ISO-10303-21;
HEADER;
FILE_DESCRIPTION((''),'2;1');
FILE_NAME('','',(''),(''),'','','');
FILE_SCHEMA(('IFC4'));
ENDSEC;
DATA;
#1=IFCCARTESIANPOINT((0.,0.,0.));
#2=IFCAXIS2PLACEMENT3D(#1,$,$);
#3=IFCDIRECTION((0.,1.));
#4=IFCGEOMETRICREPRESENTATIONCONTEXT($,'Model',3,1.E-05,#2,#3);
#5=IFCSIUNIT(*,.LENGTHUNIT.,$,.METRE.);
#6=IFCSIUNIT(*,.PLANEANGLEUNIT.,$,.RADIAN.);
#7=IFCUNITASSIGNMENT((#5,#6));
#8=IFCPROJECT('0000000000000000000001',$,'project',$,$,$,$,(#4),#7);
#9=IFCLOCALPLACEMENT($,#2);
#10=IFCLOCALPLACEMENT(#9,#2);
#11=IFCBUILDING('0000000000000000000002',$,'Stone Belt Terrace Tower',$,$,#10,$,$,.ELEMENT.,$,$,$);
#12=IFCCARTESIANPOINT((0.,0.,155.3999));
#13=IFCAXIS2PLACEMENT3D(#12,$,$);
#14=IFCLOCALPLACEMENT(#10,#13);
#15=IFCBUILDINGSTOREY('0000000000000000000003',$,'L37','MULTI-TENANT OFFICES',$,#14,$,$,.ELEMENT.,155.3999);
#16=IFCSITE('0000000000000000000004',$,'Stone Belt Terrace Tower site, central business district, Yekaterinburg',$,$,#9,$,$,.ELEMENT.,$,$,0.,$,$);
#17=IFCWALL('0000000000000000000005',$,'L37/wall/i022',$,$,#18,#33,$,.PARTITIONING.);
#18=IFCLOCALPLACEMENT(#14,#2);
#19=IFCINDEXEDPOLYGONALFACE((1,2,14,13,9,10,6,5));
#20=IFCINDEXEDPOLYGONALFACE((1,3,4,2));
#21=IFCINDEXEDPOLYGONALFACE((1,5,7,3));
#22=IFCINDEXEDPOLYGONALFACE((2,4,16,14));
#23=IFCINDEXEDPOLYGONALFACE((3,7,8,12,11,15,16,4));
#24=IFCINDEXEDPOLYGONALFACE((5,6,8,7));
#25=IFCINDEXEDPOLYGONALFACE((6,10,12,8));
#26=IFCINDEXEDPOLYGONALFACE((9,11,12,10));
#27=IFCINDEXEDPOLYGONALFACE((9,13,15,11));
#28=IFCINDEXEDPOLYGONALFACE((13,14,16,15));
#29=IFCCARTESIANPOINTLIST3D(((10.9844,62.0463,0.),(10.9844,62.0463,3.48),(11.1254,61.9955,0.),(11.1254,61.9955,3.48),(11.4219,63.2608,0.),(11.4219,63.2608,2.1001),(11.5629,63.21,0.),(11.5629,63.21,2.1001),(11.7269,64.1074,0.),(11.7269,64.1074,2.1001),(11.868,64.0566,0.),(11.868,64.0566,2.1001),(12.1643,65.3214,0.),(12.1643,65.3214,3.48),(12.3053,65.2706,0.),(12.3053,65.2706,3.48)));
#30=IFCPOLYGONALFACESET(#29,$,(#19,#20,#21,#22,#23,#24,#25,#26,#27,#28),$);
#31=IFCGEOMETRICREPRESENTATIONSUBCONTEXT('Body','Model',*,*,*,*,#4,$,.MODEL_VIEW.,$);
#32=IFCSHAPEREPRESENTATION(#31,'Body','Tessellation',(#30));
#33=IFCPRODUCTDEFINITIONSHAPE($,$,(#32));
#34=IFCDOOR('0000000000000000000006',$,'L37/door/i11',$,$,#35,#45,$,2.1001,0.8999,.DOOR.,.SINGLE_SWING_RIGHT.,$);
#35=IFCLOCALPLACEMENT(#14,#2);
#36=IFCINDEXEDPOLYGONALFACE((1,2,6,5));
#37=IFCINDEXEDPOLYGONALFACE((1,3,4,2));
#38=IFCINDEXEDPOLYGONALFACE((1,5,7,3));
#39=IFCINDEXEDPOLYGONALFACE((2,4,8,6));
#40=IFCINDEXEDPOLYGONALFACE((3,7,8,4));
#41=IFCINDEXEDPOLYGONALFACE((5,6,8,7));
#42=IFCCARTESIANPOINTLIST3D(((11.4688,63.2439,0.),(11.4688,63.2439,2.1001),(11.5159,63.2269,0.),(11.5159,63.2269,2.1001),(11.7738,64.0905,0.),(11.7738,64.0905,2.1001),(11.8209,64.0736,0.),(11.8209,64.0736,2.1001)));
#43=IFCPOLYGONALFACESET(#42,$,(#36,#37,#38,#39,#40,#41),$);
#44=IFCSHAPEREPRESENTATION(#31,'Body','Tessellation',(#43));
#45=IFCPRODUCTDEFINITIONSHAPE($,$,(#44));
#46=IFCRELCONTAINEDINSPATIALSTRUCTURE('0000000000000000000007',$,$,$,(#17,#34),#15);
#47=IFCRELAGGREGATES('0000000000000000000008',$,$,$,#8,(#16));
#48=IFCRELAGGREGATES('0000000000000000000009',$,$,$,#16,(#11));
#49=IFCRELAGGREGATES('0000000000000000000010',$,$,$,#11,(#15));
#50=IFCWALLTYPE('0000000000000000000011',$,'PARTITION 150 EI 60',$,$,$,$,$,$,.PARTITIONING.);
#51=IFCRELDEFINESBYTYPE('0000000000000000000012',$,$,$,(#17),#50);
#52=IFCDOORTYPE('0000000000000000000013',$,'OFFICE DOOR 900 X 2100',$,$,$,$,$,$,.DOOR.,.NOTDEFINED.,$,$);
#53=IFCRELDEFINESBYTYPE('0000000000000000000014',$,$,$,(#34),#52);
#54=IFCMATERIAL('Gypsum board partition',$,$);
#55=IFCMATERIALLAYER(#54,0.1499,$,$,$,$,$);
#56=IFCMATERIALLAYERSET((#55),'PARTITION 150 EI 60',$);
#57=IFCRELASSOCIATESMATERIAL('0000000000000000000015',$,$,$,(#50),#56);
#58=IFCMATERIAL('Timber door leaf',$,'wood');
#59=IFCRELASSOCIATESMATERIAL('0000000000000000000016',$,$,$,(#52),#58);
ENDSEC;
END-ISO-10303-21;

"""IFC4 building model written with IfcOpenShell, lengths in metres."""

from ifc_helpers import new_model, si_unit, direction, frame, frame_2d, origin, place, context, subcontext, project, spatial, rectangle, extrude, material, layer, layer_set, type_object, element, fill, save


model = new_model("IFC4")

# Units and contexts
model_context = context("Model", 3, precision=1e-05, world=origin(), true_north=direction((0.0, 1.0)))
body_context = subcontext(model_context, "Body", "Model", "MODEL_VIEW")
ifc_project = project(units=[si_unit("LENGTHUNIT", "METRE"), si_unit("PLANEANGLEUNIT", "RADIAN")], contexts=[model_context])

# Site, building, storey
site_placement = place(None, origin())
site = spatial("IfcSite", under=ifc_project, at=site_placement, Name="Stone Belt Terrace Tower site, central business district, Yekaterinburg", CompositionType="ELEMENT", RefElevation=0.0)
building_placement = place(site_placement, origin())
building = spatial("IfcBuilding", under=site, at=building_placement, Name="Stone Belt Terrace Tower", CompositionType="ELEMENT")
storey_placement = place(building_placement, frame((0.0, 0.0, 155.3999)))
storey = spatial("IfcBuildingStorey", under=building, at=storey_placement, Name="L37", Description="MULTI-TENANT OFFICES", CompositionType="ELEMENT", Elevation=155.3999)

# Wall, opening, door
ifc_material_1 = material(Name="Gypsum board partition")
ifc_layer_1 = layer(ifc_material_1, 0.1499)
ifc_layer_set_1 = layer_set([ifc_layer_1], Name="PARTITION 150 EI 60")
wall_type = type_object("IfcWallType", Name="PARTITION 150 EI 60", PredefinedType="PARTITIONING", material=ifc_layer_set_1)
wall_placement = place(storey_placement, frame((12.2349, 65.2961, 0.0), z_axis=(0.0, 0.0, 1.0), x_axis=(-0.338943, -0.940807, 0.0)))
wall = element("IfcWall", 1, at=wall_placement, inside=storey, type_object=wall_type, Name="L37/wall/i022", PredefinedType="PARTITIONING", context=body_context, shape_type="SweptSolid", body=[
    extrude(rectangle(XDim=3.4812, YDim=0.1499, at=frame_2d((1.7407, 0.0))), origin(), (0.0, 0.0, 1.0), 3.48),
])
opening_placement = place(wall_placement, frame((1.2905, 0.0, 0.0)))
opening = element("IfcOpeningElement", 2, at=opening_placement, cuts=wall, PredefinedType="OPENING", context=body_context, shape_type="SweptSolid", body=[
    extrude(rectangle(XDim=0.8999, YDim=2.1001, at=frame_2d((0.45, 1.05))), frame((0.0, 0.085, 0.0), z_axis=(0.0, -1.0, 0.0), x_axis=(1.0, 0.0, 0.0)), (0.0, 0.0, 1.0), 0.1699),
])
ifc_material_2 = material(Name="Timber door leaf", Category="wood")
door_type = type_object("IfcDoorType", Name="OFFICE DOOR 900 X 2100", OperationType="NOTDEFINED", PredefinedType="DOOR", material=ifc_material_2)
door_placement = place(opening_placement, origin())
door = element("IfcDoor", 3, at=door_placement, inside=storey, type_object=door_type, Name="L37/door/i11", OperationType="SINGLE_SWING_RIGHT", OverallHeight=2.1001, OverallWidth=0.8999, PredefinedType="DOOR", context=body_context, shape_type="SweptSolid", body=[
    extrude(rectangle(XDim=0.8999, YDim=2.1001, at=frame_2d((0.45, 1.05))), frame((0.0, 0.0249, 0.0), z_axis=(0.0, -1.0, 0.0), x_axis=(1.0, 0.0, 0.0)), (0.0, 0.0, 1.0), 0.05),
])
fill(opening, door)

save(model, "model.ifc")
